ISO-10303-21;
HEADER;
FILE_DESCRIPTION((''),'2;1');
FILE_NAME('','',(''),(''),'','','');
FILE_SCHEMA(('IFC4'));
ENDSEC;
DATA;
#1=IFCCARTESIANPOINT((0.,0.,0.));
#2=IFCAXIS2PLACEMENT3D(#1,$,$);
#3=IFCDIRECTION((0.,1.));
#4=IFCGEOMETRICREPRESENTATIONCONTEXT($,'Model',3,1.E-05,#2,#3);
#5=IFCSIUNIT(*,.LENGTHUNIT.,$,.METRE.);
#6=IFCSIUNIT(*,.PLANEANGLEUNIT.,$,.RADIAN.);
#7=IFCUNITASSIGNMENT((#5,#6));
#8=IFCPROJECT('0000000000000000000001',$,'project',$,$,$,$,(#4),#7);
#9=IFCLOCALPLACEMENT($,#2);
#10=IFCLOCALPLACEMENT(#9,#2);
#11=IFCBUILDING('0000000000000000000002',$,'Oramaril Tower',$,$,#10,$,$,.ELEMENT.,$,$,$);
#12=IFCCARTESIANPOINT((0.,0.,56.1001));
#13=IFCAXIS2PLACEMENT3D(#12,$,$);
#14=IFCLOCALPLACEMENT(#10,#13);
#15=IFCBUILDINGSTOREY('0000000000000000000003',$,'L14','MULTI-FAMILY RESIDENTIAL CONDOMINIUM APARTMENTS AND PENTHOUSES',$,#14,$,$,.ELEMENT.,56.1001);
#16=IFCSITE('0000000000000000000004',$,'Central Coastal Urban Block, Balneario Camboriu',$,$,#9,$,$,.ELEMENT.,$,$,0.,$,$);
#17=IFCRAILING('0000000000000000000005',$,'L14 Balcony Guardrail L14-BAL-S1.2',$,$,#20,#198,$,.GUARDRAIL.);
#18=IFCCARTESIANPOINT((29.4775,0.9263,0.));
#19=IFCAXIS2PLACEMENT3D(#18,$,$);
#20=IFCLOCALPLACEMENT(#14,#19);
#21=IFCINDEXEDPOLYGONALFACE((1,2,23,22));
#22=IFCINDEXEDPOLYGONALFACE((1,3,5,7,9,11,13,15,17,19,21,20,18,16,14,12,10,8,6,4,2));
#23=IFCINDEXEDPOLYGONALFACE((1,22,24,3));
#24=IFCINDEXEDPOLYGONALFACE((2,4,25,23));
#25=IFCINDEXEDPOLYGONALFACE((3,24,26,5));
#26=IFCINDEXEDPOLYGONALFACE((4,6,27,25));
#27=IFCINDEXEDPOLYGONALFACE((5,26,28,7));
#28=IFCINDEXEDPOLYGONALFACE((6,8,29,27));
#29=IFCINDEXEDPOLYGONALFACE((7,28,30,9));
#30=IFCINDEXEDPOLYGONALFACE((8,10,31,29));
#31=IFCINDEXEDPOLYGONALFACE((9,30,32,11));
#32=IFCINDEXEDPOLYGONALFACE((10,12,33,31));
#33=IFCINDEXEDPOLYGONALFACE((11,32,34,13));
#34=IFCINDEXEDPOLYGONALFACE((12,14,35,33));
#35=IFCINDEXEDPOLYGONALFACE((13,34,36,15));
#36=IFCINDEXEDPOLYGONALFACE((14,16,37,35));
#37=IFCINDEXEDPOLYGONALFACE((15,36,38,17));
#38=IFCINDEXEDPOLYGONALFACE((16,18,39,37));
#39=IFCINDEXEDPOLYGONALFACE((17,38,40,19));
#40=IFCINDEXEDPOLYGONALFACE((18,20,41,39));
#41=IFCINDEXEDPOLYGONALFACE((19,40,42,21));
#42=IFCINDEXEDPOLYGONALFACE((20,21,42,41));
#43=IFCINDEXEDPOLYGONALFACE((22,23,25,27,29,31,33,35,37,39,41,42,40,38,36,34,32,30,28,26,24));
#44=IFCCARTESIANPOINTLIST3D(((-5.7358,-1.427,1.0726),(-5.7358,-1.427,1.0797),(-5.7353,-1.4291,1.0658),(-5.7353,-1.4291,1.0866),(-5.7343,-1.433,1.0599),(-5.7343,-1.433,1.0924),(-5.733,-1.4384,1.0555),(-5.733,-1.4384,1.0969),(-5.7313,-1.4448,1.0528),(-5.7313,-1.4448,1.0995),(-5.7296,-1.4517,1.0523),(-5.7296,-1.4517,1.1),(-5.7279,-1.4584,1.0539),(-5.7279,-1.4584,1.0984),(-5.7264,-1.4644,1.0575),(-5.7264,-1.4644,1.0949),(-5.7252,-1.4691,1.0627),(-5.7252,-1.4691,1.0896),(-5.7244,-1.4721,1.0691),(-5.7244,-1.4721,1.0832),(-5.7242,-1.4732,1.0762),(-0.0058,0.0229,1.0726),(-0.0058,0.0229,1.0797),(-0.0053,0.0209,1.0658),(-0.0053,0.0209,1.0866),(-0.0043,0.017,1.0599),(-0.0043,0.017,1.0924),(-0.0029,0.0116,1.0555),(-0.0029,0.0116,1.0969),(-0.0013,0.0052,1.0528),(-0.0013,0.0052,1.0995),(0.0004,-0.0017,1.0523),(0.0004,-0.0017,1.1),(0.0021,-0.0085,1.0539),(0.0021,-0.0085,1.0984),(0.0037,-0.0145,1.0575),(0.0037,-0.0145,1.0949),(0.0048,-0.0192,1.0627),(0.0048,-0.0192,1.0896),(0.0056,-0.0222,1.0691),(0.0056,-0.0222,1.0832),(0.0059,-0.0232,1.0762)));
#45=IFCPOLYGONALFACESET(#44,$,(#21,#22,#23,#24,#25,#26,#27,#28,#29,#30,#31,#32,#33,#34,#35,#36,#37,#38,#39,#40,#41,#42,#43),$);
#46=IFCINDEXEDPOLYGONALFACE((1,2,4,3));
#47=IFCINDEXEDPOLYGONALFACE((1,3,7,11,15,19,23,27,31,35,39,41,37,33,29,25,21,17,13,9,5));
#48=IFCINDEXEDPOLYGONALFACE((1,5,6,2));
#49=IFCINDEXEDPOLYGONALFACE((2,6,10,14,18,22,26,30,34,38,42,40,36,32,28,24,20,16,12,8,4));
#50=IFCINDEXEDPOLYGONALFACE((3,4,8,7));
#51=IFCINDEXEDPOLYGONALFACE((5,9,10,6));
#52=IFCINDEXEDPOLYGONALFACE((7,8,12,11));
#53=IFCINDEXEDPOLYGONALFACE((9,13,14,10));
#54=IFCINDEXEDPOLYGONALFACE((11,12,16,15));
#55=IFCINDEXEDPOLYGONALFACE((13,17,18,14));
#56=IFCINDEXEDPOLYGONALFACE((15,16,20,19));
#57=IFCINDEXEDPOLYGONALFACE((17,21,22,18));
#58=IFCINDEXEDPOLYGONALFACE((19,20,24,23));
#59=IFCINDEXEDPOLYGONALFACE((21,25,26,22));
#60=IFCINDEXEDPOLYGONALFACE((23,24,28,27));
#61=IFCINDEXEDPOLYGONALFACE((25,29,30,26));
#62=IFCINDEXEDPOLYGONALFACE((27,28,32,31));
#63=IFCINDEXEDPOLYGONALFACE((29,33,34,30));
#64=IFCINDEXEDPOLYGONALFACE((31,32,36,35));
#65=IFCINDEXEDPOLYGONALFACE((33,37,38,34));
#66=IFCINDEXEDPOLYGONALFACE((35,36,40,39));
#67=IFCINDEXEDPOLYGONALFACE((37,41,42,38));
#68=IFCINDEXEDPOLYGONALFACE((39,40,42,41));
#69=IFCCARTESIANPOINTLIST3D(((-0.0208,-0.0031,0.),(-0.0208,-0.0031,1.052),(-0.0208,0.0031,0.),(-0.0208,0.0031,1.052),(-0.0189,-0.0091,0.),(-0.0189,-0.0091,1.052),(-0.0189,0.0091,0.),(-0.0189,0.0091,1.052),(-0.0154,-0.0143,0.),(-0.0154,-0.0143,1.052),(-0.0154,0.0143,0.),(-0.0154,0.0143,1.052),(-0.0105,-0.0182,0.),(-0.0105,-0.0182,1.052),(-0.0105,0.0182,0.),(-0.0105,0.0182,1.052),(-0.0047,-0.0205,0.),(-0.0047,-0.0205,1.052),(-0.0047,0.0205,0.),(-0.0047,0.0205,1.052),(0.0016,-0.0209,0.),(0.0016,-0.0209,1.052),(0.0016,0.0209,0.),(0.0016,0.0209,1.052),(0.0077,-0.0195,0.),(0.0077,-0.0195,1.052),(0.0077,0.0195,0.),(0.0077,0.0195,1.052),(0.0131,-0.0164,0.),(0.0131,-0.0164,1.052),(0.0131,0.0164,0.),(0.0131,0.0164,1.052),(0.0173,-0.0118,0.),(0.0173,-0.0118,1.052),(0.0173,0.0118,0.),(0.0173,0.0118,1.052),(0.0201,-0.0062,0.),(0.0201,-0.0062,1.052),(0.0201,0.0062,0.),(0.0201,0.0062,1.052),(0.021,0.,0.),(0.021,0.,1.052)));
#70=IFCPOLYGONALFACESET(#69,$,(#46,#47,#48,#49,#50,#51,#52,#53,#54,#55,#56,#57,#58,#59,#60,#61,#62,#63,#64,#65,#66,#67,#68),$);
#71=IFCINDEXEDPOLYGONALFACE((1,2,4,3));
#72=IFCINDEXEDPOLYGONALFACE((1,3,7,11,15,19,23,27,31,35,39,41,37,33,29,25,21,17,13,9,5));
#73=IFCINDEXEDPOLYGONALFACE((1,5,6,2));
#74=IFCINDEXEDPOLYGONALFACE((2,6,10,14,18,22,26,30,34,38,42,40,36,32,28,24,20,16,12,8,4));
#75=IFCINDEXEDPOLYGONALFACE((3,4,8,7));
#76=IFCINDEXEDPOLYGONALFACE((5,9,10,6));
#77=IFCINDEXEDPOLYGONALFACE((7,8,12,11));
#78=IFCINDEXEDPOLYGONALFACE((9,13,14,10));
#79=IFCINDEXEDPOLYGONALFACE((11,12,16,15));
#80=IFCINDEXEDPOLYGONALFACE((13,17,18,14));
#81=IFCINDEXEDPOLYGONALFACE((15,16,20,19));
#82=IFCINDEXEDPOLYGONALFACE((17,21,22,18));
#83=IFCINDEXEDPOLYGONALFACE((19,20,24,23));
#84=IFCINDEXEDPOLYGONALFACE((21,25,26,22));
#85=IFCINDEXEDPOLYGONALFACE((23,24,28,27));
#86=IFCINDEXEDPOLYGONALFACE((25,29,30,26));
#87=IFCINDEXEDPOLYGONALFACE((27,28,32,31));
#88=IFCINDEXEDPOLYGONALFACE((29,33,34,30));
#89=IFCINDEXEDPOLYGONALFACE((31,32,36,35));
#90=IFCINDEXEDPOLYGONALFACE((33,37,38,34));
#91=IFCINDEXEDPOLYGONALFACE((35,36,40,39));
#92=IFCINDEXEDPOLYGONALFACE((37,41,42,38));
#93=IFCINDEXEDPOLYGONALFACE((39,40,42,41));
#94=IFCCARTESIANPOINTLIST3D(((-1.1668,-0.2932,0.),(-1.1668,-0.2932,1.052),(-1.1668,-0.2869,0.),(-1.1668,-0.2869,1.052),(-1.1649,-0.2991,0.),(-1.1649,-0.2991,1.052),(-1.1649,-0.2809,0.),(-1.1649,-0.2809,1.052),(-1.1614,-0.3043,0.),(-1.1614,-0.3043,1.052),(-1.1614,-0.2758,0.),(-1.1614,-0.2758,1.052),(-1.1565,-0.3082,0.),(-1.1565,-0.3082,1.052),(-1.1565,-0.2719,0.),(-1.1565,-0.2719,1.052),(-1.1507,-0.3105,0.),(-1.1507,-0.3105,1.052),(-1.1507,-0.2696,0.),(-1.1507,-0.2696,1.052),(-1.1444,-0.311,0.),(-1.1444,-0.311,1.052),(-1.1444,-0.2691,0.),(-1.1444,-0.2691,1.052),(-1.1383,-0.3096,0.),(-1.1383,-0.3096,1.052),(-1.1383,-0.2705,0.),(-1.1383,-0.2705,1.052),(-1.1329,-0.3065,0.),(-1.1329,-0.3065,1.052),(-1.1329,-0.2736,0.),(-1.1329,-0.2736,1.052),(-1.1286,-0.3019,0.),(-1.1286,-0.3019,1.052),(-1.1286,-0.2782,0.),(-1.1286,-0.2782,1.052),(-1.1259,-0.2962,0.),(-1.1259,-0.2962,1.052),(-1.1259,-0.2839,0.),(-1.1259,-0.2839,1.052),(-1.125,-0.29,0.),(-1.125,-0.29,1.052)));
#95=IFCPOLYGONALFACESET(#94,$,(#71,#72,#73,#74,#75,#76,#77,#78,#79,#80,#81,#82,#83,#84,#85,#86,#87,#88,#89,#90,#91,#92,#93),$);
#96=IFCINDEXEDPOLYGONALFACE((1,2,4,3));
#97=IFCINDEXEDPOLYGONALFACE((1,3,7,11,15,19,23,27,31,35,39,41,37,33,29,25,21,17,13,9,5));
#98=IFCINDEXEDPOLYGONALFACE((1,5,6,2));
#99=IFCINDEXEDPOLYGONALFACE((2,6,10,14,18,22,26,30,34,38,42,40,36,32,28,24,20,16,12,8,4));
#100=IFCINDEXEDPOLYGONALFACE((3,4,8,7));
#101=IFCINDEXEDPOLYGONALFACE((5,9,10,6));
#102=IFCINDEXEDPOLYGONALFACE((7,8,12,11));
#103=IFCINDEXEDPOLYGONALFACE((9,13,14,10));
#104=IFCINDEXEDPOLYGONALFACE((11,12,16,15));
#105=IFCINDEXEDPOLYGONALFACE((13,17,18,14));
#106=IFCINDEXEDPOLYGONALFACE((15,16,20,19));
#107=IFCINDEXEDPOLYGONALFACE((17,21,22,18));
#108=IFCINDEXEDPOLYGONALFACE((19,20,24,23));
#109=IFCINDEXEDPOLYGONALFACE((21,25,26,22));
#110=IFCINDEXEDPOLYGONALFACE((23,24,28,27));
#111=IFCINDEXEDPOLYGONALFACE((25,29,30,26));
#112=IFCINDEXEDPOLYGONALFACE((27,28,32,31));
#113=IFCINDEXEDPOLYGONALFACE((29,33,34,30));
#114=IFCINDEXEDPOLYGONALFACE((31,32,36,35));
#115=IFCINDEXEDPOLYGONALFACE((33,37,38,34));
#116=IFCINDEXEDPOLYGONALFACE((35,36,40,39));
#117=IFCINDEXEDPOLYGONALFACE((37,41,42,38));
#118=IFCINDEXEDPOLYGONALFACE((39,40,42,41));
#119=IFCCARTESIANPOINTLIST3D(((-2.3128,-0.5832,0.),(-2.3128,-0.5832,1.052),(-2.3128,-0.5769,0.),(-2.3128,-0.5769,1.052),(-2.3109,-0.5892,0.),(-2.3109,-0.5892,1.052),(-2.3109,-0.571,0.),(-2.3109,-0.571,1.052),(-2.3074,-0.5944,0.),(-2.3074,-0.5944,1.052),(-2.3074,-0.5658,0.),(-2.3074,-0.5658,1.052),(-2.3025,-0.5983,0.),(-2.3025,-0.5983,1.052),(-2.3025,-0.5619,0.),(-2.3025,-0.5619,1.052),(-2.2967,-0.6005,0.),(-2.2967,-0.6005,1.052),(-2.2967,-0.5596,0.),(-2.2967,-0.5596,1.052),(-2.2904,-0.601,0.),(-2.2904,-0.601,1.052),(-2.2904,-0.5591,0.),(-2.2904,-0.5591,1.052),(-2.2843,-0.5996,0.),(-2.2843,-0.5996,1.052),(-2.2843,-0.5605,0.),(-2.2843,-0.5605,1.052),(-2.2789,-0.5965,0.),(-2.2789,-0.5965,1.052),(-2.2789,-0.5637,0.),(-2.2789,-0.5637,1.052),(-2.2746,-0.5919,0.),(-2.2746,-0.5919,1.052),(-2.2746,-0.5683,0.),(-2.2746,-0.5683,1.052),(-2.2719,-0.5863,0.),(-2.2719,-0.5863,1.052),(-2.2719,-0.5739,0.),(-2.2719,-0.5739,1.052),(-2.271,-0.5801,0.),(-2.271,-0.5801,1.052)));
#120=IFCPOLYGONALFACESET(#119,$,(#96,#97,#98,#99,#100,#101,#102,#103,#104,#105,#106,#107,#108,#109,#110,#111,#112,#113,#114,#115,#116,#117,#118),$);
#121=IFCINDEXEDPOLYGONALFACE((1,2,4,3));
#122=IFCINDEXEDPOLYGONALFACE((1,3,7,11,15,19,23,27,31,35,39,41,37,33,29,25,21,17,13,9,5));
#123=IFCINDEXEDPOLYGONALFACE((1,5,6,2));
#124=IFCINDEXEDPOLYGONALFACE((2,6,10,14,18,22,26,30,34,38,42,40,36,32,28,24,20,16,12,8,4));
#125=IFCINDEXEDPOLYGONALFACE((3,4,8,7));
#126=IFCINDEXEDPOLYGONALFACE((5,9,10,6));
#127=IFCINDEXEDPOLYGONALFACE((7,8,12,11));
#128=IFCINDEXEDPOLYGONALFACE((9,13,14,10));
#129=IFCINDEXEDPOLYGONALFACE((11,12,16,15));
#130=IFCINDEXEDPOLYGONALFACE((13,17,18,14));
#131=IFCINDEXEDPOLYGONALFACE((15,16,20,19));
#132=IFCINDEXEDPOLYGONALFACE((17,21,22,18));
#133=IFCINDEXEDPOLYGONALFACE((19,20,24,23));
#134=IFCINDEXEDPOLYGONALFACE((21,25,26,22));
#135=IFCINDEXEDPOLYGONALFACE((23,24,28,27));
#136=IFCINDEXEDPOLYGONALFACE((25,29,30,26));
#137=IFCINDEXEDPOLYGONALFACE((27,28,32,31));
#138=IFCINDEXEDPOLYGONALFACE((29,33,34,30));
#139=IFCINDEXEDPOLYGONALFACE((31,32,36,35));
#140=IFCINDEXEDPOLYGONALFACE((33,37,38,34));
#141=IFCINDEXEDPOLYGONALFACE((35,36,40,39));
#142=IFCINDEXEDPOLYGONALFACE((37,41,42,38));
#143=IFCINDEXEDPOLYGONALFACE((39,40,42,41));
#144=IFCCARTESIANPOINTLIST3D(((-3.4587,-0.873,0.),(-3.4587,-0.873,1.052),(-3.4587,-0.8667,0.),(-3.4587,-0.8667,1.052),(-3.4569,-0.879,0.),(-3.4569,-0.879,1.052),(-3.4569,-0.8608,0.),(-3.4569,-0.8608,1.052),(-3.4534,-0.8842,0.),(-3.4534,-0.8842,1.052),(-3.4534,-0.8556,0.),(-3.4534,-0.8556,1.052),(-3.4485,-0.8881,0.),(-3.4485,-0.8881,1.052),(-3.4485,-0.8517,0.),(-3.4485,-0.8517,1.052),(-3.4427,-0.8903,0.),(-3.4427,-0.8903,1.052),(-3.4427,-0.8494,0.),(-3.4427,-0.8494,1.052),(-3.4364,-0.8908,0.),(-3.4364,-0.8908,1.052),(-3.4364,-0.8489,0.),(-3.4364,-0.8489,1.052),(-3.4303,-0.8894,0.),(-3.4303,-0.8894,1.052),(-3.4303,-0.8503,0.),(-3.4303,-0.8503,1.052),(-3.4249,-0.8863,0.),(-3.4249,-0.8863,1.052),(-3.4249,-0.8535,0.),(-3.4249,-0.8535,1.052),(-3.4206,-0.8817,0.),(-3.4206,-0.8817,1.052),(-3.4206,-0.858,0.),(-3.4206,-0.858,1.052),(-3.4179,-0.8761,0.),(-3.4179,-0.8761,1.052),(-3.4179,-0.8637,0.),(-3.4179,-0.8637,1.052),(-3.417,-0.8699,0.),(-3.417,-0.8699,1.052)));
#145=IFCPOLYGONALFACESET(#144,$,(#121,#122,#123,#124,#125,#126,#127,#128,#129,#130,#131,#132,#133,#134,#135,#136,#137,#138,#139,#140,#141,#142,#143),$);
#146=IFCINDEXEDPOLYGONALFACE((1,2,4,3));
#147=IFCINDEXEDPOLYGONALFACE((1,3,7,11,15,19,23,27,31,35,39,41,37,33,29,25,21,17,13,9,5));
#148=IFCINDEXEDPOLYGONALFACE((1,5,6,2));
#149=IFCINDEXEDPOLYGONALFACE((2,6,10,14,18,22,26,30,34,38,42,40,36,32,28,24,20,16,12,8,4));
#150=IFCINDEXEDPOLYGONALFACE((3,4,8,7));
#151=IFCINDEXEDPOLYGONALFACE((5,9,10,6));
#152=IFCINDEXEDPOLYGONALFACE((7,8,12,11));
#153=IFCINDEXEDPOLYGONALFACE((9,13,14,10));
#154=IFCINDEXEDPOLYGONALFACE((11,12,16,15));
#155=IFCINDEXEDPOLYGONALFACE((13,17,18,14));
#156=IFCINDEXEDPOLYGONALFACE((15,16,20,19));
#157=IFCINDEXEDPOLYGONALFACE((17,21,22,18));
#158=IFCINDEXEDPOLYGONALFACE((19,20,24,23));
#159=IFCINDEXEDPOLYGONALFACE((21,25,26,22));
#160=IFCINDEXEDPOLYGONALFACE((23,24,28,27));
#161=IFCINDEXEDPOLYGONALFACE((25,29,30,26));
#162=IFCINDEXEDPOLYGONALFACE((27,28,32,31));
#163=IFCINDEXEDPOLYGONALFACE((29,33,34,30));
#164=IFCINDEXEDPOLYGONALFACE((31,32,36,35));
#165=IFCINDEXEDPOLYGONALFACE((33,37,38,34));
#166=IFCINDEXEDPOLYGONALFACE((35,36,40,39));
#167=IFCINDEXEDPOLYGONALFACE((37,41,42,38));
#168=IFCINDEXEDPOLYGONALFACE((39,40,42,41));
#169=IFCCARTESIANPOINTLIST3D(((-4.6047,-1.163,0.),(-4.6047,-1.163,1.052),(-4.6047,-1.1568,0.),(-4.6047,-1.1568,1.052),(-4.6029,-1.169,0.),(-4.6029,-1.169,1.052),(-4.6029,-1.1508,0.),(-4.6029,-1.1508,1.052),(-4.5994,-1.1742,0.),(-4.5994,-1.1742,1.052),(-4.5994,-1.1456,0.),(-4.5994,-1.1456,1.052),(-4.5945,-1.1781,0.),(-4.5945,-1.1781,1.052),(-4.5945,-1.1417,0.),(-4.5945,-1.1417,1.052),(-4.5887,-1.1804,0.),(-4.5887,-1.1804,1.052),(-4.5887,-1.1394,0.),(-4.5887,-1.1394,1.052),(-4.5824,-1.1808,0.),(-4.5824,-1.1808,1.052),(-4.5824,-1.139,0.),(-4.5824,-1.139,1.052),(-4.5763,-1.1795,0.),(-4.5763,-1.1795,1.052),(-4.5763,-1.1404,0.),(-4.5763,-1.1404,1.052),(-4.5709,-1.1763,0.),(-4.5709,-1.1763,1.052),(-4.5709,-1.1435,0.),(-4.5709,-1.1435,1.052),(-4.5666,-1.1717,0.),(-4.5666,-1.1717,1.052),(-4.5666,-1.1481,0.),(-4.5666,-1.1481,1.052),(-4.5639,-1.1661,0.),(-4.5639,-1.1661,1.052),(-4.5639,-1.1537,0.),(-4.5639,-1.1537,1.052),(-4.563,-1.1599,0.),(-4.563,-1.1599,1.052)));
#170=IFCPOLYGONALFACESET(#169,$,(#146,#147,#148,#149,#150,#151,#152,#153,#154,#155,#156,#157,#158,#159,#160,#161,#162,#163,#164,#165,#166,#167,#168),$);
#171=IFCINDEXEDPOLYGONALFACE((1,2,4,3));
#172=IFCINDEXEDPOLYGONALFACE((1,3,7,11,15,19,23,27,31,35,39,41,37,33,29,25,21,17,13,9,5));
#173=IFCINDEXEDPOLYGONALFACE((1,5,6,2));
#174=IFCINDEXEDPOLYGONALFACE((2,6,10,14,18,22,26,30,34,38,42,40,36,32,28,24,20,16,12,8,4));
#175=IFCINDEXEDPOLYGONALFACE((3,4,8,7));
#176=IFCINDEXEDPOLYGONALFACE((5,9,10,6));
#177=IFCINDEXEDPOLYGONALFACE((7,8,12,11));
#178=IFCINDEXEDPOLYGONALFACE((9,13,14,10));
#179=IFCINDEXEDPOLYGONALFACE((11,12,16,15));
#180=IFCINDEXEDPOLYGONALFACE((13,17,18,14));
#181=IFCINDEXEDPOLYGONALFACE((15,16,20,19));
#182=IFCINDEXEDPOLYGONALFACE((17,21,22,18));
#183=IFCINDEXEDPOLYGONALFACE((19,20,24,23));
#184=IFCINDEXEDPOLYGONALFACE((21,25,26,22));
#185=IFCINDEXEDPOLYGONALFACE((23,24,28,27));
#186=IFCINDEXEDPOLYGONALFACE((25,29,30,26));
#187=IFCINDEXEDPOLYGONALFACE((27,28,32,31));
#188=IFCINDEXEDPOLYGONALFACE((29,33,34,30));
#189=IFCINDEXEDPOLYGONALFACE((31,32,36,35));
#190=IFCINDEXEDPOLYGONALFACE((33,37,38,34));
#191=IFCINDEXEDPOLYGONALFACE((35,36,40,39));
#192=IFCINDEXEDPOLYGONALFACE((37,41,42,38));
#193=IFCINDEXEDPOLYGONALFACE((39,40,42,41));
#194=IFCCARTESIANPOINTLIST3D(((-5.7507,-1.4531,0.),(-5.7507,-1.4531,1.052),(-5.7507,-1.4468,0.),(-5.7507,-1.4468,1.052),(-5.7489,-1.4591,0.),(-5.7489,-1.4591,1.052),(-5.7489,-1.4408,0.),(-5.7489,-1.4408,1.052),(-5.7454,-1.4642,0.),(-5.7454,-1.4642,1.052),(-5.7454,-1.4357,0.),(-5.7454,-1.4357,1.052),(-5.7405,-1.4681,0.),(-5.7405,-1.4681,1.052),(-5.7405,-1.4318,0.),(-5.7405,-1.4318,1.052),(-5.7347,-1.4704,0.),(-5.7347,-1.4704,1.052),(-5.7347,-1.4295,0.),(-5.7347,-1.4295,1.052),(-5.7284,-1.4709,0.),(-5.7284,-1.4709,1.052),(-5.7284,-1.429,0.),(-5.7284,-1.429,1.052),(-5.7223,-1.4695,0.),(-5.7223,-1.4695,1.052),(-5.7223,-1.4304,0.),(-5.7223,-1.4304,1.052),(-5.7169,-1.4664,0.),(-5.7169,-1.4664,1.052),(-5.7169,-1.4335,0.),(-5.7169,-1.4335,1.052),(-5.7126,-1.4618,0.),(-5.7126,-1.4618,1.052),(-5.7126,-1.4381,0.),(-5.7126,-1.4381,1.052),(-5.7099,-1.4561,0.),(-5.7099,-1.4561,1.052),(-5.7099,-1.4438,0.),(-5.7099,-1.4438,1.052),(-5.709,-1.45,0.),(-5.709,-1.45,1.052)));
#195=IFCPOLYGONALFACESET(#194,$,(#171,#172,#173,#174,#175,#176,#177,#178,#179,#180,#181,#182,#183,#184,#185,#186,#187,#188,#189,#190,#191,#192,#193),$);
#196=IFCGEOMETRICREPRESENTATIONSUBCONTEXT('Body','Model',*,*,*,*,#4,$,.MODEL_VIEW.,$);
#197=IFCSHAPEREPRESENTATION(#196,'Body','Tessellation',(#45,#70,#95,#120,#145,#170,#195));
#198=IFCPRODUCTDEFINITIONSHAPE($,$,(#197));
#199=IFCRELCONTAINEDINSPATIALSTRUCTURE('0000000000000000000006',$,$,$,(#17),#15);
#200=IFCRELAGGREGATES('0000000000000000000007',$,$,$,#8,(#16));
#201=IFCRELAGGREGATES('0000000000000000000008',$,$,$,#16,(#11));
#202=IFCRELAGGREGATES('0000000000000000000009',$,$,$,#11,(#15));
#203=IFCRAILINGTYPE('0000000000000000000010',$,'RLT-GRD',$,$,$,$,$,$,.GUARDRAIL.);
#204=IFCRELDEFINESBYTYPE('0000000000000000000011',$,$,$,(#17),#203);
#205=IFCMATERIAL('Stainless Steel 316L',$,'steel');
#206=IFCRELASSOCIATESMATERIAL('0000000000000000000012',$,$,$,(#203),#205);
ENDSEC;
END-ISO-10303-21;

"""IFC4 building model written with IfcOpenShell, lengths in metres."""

from ifc_helpers import new_model, si_unit, direction, frame, origin, origin_2d, place, context, subcontext, project, spatial, circle, extrude, material, type_object, element, save


model = new_model("IFC4")

# Units and contexts
model_context = context("Model", 3, precision=1e-05, world=origin(), true_north=direction((0.0, 1.0)))
body_context = subcontext(model_context, "Body", "Model", "MODEL_VIEW")
ifc_project = project(units=[si_unit("LENGTHUNIT", "METRE"), si_unit("PLANEANGLEUNIT", "RADIAN")], contexts=[model_context])

# Site, building, storey
site_placement = place(None, origin())
site = spatial("IfcSite", under=ifc_project, at=site_placement, Name="Central Coastal Urban Block, Balneario Camboriu", CompositionType="ELEMENT", RefElevation=0.0)
building_placement = place(site_placement, origin())
building = spatial("IfcBuilding", under=site, at=building_placement, Name="Oramaril Tower", CompositionType="ELEMENT")
storey_placement = place(building_placement, frame((0.0, 0.0, 56.1001)))
storey = spatial("IfcBuildingStorey", under=building, at=storey_placement, Name="L14", Description="MULTI-FAMILY RESIDENTIAL CONDOMINIUM APARTMENTS AND PENTHOUSES", CompositionType="ELEMENT", Elevation=56.1001)

# Railing
ifc_material_1 = material(Name="Stainless Steel 316L", Category="steel")
railing_type = type_object("IfcRailingType", Name="RLT-GRD", PredefinedType="GUARDRAIL", material=ifc_material_1)
railing_1_placement = place(storey_placement, frame((29.4775, 0.9263, 0.0)))
element("IfcRailing", 1, at=railing_1_placement, inside=storey, type_object=railing_type, Name="L14 Balcony Guardrail L14-BAL-S1.2", PredefinedType="GUARDRAIL", context=body_context, shape_type="SweptSolid", body=[
    extrude(circle(Radius=0.0239, at=origin_2d()), frame((0.0, 0.0, 1.0762), z_axis=(-0.969444, -0.245314, 0.0), x_axis=(0.245314, -0.969444, 0.0)), (0.0, 0.0, 1.0), 5.9106),
    extrude(circle(Radius=0.021, at=origin_2d()), origin(), (0.0, 0.0, 1.0), 1.052),
    extrude(circle(Radius=0.021, at=origin_2d()), frame((-1.146, -0.29, 0.0)), (0.0, 0.0, 1.0), 1.052),
    extrude(circle(Radius=0.021, at=origin_2d()), frame((-2.292, -0.5801, 0.0)), (0.0, 0.0, 1.0), 1.052),
    extrude(circle(Radius=0.021, at=origin_2d()), frame((-3.438, -0.8699, 0.0)), (0.0, 0.0, 1.0), 1.052),
    extrude(circle(Radius=0.021, at=origin_2d()), frame((-4.584, -1.1599, 0.0)), (0.0, 0.0, 1.0), 1.052),
    extrude(circle(Radius=0.021, at=origin_2d()), frame((-5.73, -1.45, 0.0)), (0.0, 0.0, 1.0), 1.052),
])

save(model, "model.ifc")
